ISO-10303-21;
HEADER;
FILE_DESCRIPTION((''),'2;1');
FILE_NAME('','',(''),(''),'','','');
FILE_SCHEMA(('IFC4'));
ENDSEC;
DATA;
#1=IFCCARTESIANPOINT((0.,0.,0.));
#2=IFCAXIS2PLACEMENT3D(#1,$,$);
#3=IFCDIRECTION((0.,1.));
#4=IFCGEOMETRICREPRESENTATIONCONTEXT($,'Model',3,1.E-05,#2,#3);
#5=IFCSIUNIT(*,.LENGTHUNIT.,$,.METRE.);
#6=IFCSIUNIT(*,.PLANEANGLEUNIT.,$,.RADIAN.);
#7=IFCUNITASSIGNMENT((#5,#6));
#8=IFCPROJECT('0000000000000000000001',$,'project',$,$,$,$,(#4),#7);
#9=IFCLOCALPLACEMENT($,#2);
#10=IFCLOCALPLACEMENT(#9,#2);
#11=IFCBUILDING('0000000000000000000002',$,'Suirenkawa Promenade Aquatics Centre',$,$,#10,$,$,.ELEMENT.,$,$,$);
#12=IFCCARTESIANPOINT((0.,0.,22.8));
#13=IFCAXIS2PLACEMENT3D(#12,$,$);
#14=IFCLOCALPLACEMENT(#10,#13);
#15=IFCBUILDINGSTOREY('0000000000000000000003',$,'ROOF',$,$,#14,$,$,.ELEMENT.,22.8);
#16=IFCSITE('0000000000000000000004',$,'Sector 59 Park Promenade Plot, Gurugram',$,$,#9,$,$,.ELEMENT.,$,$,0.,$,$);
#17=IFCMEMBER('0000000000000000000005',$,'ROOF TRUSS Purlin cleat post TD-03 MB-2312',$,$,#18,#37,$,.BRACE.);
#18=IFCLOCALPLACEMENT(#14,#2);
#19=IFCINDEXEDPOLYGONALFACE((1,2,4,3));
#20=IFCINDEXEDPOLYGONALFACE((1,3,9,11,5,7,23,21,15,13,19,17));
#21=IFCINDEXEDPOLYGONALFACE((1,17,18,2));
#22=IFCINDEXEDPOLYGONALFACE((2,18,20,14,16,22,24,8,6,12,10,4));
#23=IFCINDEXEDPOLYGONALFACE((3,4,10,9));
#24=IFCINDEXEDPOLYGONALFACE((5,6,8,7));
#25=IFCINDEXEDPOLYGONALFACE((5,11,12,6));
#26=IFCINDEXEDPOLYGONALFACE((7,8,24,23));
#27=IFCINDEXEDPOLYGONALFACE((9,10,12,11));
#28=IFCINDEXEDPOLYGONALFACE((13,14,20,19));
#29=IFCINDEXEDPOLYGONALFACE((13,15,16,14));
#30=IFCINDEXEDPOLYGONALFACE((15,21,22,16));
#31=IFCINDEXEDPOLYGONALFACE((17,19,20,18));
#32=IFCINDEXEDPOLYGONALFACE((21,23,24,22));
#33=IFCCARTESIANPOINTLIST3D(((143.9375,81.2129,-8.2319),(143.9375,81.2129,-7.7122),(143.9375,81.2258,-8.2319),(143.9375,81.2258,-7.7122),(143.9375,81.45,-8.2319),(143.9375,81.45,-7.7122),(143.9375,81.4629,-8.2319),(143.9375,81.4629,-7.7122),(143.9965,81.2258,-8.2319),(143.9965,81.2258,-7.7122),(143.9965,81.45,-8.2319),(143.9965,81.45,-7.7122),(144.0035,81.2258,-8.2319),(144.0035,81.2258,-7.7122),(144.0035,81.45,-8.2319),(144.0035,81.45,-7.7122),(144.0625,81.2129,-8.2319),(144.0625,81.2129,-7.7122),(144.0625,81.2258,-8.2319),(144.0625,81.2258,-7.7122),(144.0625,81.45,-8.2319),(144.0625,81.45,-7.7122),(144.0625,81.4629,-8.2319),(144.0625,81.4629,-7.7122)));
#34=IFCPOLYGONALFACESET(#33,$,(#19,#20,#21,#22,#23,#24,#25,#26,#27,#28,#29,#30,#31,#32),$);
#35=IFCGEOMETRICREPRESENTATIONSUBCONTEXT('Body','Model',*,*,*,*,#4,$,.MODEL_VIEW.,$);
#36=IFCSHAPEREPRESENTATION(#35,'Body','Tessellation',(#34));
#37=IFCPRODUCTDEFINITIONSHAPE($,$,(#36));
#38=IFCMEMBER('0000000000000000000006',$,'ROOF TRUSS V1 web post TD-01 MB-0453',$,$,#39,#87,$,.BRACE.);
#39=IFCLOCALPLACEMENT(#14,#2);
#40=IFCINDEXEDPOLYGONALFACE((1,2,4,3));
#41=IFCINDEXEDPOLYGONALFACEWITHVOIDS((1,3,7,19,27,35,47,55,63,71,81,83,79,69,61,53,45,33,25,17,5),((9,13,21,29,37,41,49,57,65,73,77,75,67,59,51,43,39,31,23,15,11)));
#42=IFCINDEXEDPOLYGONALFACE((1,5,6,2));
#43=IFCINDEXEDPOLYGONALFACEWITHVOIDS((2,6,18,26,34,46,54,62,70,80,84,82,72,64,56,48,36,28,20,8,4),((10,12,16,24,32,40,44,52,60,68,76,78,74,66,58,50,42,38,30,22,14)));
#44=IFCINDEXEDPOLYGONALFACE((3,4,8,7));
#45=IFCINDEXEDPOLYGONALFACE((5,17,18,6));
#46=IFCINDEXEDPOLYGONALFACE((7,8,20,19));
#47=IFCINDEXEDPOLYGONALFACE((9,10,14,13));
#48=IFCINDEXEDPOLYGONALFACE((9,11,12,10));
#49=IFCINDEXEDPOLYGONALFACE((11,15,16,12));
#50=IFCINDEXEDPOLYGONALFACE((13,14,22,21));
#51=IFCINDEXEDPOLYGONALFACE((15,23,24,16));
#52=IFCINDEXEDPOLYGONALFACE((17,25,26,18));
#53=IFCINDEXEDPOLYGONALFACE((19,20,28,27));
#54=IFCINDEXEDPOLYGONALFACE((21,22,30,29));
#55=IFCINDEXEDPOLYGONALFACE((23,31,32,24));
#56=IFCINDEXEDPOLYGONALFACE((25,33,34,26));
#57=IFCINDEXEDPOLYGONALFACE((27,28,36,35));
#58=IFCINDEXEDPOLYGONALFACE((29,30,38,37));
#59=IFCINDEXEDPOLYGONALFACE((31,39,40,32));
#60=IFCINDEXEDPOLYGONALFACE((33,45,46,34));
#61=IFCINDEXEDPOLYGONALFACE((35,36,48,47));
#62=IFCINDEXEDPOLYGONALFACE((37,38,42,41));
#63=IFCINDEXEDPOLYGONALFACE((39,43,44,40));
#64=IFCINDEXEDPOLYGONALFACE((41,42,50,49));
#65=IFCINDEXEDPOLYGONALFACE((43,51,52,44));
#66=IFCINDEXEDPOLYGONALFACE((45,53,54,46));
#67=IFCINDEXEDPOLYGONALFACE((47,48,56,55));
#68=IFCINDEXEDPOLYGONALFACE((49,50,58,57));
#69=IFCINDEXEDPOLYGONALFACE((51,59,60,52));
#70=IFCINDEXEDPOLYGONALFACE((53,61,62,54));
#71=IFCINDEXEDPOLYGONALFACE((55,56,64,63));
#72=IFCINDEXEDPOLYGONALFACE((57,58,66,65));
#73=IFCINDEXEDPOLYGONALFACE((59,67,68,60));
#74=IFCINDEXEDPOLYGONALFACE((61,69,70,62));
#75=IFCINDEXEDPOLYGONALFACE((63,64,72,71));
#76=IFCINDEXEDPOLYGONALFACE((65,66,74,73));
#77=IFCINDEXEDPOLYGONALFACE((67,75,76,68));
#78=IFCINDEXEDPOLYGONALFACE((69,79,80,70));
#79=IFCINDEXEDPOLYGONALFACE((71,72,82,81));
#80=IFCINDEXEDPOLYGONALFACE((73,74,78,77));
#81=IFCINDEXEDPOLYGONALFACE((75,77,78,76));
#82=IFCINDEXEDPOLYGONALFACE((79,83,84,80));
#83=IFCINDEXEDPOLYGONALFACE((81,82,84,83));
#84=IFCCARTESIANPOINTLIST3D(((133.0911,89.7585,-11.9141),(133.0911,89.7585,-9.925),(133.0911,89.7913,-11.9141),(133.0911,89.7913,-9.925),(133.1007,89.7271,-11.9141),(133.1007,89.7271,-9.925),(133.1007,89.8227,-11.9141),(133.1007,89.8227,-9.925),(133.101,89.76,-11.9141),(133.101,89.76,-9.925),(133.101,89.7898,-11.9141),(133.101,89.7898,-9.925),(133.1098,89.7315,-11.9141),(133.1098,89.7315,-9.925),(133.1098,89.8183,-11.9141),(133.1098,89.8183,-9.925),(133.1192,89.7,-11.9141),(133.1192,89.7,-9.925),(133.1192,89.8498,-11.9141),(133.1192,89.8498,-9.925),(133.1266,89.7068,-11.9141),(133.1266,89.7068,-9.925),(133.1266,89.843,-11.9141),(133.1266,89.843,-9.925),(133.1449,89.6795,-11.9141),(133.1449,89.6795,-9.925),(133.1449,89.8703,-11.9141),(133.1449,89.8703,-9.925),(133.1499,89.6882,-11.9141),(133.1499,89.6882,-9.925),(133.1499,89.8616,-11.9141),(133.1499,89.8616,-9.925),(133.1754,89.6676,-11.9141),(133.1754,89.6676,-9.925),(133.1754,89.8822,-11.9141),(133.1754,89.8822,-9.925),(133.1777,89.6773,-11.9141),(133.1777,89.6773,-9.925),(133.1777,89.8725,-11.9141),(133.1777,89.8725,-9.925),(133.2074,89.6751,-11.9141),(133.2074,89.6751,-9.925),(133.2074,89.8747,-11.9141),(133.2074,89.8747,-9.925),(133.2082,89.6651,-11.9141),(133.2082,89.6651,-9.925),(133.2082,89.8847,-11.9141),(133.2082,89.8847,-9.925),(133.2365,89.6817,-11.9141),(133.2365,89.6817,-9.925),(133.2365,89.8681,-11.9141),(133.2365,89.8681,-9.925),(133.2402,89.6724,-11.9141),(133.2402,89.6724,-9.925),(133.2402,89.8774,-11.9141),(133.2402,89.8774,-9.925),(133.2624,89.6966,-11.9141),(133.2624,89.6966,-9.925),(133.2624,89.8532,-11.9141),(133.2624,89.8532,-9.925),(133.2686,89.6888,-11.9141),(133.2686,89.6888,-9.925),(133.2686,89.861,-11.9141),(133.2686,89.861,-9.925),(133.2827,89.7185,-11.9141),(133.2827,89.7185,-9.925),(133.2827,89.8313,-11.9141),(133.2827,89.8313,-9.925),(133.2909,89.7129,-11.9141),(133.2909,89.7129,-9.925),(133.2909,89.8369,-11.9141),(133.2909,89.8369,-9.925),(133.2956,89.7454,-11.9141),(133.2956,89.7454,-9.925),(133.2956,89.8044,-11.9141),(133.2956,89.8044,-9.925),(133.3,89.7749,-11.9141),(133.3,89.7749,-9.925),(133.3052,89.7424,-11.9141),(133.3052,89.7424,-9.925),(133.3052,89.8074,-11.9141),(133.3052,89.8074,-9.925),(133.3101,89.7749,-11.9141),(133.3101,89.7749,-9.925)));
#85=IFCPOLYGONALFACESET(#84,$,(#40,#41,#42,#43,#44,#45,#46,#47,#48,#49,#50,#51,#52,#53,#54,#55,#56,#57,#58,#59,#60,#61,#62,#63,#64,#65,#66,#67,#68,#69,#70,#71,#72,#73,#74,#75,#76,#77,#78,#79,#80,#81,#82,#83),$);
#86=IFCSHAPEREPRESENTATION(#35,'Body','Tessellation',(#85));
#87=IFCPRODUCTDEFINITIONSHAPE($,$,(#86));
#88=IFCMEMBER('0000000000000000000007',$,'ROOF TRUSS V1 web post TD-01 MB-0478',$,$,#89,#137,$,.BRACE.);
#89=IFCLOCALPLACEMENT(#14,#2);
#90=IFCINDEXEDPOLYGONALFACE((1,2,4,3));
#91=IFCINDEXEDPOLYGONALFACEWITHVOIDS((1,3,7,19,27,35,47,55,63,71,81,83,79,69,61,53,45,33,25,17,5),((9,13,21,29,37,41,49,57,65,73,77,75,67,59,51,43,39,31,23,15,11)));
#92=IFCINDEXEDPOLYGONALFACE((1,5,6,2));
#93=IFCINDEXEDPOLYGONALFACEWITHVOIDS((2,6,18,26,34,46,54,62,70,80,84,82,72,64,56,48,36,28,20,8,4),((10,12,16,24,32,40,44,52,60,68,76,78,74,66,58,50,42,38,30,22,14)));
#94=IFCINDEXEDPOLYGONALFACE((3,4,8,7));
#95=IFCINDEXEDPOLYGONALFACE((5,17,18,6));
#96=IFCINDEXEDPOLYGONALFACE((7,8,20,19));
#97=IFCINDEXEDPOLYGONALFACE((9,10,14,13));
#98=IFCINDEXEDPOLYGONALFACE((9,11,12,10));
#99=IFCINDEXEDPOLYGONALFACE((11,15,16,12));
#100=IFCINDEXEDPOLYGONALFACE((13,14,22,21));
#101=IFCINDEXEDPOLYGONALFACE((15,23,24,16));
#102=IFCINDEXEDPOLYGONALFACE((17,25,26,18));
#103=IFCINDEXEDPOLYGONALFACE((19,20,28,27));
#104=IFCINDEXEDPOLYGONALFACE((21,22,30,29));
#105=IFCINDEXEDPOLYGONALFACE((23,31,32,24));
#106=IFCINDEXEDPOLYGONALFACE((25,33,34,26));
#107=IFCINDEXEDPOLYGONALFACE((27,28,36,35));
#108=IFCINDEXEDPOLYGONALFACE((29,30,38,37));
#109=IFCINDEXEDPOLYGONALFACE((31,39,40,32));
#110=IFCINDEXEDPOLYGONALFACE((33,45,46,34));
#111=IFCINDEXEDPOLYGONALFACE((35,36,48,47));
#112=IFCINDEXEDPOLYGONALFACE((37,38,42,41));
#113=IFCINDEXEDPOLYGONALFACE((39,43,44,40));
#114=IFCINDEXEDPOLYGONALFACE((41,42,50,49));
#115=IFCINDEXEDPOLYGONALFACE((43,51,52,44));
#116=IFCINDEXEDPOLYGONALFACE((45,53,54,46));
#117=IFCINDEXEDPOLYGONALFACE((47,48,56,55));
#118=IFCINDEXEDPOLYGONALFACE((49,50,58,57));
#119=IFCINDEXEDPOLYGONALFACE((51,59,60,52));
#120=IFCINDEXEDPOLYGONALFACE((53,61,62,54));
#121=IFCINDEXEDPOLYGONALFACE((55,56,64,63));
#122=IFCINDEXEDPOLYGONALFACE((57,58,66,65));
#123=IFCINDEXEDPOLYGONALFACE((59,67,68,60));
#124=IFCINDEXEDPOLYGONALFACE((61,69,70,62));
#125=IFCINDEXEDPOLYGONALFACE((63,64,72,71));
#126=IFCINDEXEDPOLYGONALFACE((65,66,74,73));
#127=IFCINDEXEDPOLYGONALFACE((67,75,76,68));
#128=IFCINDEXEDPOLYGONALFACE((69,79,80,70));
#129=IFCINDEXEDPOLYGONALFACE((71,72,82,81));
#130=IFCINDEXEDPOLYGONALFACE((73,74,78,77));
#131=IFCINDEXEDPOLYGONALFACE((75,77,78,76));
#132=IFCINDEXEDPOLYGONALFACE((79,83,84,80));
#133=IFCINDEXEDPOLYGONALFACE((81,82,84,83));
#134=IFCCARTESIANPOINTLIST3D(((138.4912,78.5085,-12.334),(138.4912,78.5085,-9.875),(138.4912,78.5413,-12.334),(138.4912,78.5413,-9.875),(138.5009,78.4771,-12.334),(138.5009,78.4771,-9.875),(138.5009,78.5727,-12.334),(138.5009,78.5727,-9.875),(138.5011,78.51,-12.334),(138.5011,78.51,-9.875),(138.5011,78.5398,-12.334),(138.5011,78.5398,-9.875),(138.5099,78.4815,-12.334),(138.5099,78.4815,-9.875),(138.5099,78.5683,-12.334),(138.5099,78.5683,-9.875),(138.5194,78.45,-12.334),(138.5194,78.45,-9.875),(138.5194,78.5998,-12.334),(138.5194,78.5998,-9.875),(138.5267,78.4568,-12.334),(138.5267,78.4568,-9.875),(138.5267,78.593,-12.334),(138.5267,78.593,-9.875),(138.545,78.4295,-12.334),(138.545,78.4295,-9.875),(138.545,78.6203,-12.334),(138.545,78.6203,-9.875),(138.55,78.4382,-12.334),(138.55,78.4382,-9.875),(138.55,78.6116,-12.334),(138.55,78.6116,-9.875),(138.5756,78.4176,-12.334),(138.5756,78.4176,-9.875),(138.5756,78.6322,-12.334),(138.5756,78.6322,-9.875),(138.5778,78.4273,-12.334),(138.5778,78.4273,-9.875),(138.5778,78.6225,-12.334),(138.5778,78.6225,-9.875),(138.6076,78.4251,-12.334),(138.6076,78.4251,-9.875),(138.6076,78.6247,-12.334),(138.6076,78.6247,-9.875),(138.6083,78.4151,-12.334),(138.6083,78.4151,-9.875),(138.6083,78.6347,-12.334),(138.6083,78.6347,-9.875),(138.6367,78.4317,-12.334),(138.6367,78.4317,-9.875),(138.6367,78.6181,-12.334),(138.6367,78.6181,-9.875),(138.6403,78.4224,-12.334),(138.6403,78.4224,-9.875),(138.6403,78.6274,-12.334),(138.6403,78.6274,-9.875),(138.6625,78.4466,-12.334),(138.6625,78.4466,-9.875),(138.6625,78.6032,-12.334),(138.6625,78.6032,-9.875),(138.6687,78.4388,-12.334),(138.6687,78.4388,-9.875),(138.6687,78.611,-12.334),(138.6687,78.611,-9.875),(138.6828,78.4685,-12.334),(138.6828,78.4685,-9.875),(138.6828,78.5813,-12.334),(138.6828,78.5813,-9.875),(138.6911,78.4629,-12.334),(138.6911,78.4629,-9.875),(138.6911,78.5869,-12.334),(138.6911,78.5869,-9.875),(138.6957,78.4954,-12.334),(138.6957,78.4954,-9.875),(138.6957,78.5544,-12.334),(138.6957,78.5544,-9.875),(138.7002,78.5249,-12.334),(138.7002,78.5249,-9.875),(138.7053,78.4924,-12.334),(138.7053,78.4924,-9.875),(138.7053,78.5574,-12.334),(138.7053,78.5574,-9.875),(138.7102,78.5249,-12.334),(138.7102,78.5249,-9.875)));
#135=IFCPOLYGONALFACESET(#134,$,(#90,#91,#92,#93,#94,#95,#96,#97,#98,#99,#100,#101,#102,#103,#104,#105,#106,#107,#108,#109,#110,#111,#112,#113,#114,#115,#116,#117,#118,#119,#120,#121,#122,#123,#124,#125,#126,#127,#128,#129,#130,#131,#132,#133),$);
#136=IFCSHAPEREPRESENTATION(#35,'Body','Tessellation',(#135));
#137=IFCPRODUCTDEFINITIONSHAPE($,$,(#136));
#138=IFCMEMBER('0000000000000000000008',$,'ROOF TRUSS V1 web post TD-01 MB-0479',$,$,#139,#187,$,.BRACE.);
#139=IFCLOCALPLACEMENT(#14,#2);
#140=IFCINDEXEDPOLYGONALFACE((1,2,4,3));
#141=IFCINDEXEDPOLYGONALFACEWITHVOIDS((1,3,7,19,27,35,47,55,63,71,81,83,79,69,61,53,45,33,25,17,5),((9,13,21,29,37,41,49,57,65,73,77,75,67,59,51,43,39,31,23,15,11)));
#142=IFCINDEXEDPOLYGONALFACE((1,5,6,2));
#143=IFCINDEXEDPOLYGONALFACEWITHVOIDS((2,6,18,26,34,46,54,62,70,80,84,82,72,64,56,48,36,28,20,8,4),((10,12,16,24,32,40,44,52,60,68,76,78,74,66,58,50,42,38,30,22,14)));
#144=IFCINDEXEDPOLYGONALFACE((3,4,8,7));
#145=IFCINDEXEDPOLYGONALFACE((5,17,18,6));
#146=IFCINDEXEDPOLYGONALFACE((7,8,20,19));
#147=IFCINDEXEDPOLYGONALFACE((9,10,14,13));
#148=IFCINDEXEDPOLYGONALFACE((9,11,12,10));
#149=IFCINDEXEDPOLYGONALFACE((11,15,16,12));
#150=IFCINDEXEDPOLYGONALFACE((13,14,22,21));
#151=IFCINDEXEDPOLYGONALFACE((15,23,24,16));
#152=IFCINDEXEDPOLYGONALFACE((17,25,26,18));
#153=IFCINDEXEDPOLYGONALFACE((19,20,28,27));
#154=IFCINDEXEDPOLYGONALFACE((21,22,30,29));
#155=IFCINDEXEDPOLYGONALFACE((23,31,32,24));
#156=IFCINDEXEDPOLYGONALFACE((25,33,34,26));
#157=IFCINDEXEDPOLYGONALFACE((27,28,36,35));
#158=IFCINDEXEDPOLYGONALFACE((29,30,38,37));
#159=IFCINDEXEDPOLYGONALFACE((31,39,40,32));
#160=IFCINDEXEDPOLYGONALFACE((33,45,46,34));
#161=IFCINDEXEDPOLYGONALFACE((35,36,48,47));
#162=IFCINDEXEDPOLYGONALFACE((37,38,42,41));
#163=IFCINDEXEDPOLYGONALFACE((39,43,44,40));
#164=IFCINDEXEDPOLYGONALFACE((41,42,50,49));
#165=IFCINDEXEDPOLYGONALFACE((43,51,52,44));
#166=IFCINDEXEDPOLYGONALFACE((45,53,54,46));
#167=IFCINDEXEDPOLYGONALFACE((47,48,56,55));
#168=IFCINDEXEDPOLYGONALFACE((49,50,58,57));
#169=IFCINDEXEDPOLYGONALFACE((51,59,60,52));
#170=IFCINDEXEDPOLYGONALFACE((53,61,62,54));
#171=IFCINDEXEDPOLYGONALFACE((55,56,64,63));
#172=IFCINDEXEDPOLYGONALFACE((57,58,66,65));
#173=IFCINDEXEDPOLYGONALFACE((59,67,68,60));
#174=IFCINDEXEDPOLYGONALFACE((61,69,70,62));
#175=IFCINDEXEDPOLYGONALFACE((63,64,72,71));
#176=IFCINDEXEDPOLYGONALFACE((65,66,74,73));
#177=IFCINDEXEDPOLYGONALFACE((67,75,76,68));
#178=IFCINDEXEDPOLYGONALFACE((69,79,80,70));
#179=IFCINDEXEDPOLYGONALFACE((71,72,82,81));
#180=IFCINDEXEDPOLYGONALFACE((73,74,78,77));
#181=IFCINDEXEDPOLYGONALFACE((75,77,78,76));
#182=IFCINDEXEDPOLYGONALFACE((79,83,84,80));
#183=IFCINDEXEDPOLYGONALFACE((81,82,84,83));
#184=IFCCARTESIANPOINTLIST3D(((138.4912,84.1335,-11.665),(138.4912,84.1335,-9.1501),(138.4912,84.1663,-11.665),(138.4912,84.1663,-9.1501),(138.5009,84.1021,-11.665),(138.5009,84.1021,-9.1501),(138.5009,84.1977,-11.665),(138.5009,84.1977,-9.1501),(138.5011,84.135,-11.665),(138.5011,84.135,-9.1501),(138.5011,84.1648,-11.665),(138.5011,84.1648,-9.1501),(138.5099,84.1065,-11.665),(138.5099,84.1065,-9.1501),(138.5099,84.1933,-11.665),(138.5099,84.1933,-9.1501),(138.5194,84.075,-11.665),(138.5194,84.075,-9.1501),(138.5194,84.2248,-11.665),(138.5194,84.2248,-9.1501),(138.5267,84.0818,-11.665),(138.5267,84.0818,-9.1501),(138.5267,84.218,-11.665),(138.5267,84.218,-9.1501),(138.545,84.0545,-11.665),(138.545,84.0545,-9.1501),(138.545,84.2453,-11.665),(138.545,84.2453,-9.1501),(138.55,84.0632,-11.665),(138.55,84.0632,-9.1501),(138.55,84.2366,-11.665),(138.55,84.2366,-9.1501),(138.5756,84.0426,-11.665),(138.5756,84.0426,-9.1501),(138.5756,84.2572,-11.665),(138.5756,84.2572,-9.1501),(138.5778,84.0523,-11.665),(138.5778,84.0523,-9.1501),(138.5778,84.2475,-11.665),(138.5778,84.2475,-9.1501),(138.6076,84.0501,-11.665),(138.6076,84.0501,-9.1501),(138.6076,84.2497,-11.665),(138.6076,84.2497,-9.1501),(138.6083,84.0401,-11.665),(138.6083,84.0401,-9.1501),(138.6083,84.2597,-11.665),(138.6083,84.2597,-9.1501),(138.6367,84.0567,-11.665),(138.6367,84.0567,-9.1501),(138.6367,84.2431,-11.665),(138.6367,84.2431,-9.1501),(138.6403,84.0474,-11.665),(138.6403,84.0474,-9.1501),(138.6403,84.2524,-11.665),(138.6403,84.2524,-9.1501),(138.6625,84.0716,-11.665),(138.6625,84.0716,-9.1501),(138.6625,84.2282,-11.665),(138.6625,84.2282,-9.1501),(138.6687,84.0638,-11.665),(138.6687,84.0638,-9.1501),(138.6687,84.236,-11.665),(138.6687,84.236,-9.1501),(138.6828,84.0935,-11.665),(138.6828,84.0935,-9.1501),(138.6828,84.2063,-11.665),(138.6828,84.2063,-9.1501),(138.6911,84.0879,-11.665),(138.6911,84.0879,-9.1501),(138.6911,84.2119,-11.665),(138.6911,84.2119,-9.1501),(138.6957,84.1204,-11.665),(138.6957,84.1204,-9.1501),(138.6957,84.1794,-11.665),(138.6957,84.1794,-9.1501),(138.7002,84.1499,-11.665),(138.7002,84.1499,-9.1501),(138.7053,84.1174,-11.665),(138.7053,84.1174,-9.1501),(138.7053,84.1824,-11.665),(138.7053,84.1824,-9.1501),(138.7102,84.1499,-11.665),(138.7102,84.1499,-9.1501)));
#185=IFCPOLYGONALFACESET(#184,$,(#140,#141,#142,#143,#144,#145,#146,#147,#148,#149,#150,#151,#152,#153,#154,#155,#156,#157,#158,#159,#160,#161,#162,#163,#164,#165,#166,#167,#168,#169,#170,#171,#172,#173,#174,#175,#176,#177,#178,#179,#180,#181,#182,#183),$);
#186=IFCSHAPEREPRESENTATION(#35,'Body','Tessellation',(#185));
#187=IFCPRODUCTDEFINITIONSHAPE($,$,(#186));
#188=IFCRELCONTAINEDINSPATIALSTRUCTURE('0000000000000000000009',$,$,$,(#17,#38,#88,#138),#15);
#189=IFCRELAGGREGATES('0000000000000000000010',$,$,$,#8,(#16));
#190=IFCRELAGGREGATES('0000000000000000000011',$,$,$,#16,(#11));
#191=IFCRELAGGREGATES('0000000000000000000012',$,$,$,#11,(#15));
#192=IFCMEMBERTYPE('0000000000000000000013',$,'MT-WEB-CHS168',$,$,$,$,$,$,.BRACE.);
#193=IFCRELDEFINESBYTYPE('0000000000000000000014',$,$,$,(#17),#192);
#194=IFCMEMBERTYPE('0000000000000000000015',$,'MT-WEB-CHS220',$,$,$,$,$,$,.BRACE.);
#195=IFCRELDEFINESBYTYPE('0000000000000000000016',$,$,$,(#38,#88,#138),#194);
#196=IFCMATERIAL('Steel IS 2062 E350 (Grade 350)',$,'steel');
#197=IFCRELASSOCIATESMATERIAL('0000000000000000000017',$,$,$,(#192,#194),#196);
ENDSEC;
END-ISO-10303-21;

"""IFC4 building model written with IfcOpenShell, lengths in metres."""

from ifc_helpers import new_model, si_unit, direction, frame, origin, origin_2d, place, context, subcontext, project, spatial, hollow_circle, i_section, extrude, material, material_profile, profile_set, type_object, element, save


model = new_model("IFC4")

# Units and contexts
model_context = context("Model", 3, precision=1e-05, world=origin(), true_north=direction((0.0, 1.0)))
body_context = subcontext(model_context, "Body", "Model", "MODEL_VIEW")
ifc_project = project(units=[si_unit("LENGTHUNIT", "METRE"), si_unit("PLANEANGLEUNIT", "RADIAN")], contexts=[model_context])

# Site, building, storey
site_placement = place(None, origin())
site = spatial("IfcSite", under=ifc_project, at=site_placement, Name="Sector 59 Park Promenade Plot, Gurugram", CompositionType="ELEMENT", RefElevation=0.0)
building_placement = place(site_placement, origin())
building = spatial("IfcBuilding", under=site, at=building_placement, Name="Suirenkawa Promenade Aquatics Centre", CompositionType="ELEMENT")
storey_placement = place(building_placement, frame((0.0, 0.0, 22.8)))
storey = spatial("IfcBuildingStorey", under=building, at=storey_placement, Name="ROOF", CompositionType="ELEMENT", Elevation=22.8)

# Shared definitions
ifc_material = material(Name="Steel IS 2062 E350 (Grade 350)", Category="steel")

# Members
ifc_material_profile_1 = material_profile(ifc_material, i_section(OverallWidth=0.125, OverallDepth=0.25, WebThickness=0.0071, FlangeThickness=0.0129, at=origin_2d()), Name="ISMB 250", Category="steel")
ifc_profile_set_1 = profile_set([ifc_material_profile_1], Name="Steel IS 2062 E350 (Grade 350)")
member_type_1 = type_object("IfcMemberType", Name="MT-WEB-CHS168", PredefinedType="BRACE", material=ifc_profile_set_1)
member_1_placement = place(storey_placement, frame((144.0, 81.3379, -8.2319), z_axis=(0.0, 0.0, 1.0), x_axis=(1.0, 0.0, 0.0)))
element("IfcMember", 1, at=member_1_placement, inside=storey, type_object=member_type_1, Name="ROOF TRUSS Purlin cleat post TD-03 MB-2312", PredefinedType="BRACE", context=body_context, shape_type="SweptSolid", body=[
    extrude(i_section(OverallWidth=0.125, OverallDepth=0.25, WebThickness=0.0071, FlangeThickness=0.0129, at=origin_2d()), origin(), (0.0, 0.0, 1.0), 0.5198),
])
ifc_material_profile_2 = material_profile(ifc_material, hollow_circle(Radius=0.1101, WallThickness=0.01, at=origin_2d()), Name="CHS 220x10", Category="steel")
ifc_profile_set_2 = profile_set([ifc_material_profile_2], Name="Steel IS 2062 E350 (Grade 350)")
member_type_2 = type_object("IfcMemberType", Name="MT-WEB-CHS220", PredefinedType="BRACE", material=ifc_profile_set_2)
member_2_placement = place(storey_placement, frame((133.2, 89.7749, -11.9141), z_axis=(0.0, 0.0, 1.0), x_axis=(1.0, 0.0, 0.0)))
element("IfcMember", 2, at=member_2_placement, inside=storey, type_object=member_type_2, Name="ROOF TRUSS V1 web post TD-01 MB-0453", PredefinedType="BRACE", context=body_context, shape_type="SweptSolid", body=[
    extrude(hollow_circle(Radius=0.1101, WallThickness=0.01, at=origin_2d()), origin(), (0.0, 0.0, 1.0), 1.989),
])
member_3_placement = place(storey_placement, frame((138.6001, 78.5249, -12.334), z_axis=(0.0, 0.0, 1.0), x_axis=(1.0, 0.0, 0.0)))
element("IfcMember", 3, at=member_3_placement, inside=storey, type_object=member_type_2, Name="ROOF TRUSS V1 web post TD-01 MB-0478", PredefinedType="BRACE", context=body_context, shape_type="SweptSolid", body=[
    extrude(hollow_circle(Radius=0.1101, WallThickness=0.01, at=origin_2d()), origin(), (0.0, 0.0, 1.0), 2.459),
])
member_4_placement = place(storey_placement, frame((138.6001, 84.1499, -11.665), z_axis=(0.0, 0.0, 1.0), x_axis=(1.0, 0.0, 0.0)))
element("IfcMember", 4, at=member_4_placement, inside=storey, type_object=member_type_2, Name="ROOF TRUSS V1 web post TD-01 MB-0479", PredefinedType="BRACE", context=body_context, shape_type="SweptSolid", body=[
    extrude(hollow_circle(Radius=0.1101, WallThickness=0.01, at=origin_2d()), origin(), (0.0, 0.0, 1.0), 2.5149),
])

save(model, "model.ifc")
